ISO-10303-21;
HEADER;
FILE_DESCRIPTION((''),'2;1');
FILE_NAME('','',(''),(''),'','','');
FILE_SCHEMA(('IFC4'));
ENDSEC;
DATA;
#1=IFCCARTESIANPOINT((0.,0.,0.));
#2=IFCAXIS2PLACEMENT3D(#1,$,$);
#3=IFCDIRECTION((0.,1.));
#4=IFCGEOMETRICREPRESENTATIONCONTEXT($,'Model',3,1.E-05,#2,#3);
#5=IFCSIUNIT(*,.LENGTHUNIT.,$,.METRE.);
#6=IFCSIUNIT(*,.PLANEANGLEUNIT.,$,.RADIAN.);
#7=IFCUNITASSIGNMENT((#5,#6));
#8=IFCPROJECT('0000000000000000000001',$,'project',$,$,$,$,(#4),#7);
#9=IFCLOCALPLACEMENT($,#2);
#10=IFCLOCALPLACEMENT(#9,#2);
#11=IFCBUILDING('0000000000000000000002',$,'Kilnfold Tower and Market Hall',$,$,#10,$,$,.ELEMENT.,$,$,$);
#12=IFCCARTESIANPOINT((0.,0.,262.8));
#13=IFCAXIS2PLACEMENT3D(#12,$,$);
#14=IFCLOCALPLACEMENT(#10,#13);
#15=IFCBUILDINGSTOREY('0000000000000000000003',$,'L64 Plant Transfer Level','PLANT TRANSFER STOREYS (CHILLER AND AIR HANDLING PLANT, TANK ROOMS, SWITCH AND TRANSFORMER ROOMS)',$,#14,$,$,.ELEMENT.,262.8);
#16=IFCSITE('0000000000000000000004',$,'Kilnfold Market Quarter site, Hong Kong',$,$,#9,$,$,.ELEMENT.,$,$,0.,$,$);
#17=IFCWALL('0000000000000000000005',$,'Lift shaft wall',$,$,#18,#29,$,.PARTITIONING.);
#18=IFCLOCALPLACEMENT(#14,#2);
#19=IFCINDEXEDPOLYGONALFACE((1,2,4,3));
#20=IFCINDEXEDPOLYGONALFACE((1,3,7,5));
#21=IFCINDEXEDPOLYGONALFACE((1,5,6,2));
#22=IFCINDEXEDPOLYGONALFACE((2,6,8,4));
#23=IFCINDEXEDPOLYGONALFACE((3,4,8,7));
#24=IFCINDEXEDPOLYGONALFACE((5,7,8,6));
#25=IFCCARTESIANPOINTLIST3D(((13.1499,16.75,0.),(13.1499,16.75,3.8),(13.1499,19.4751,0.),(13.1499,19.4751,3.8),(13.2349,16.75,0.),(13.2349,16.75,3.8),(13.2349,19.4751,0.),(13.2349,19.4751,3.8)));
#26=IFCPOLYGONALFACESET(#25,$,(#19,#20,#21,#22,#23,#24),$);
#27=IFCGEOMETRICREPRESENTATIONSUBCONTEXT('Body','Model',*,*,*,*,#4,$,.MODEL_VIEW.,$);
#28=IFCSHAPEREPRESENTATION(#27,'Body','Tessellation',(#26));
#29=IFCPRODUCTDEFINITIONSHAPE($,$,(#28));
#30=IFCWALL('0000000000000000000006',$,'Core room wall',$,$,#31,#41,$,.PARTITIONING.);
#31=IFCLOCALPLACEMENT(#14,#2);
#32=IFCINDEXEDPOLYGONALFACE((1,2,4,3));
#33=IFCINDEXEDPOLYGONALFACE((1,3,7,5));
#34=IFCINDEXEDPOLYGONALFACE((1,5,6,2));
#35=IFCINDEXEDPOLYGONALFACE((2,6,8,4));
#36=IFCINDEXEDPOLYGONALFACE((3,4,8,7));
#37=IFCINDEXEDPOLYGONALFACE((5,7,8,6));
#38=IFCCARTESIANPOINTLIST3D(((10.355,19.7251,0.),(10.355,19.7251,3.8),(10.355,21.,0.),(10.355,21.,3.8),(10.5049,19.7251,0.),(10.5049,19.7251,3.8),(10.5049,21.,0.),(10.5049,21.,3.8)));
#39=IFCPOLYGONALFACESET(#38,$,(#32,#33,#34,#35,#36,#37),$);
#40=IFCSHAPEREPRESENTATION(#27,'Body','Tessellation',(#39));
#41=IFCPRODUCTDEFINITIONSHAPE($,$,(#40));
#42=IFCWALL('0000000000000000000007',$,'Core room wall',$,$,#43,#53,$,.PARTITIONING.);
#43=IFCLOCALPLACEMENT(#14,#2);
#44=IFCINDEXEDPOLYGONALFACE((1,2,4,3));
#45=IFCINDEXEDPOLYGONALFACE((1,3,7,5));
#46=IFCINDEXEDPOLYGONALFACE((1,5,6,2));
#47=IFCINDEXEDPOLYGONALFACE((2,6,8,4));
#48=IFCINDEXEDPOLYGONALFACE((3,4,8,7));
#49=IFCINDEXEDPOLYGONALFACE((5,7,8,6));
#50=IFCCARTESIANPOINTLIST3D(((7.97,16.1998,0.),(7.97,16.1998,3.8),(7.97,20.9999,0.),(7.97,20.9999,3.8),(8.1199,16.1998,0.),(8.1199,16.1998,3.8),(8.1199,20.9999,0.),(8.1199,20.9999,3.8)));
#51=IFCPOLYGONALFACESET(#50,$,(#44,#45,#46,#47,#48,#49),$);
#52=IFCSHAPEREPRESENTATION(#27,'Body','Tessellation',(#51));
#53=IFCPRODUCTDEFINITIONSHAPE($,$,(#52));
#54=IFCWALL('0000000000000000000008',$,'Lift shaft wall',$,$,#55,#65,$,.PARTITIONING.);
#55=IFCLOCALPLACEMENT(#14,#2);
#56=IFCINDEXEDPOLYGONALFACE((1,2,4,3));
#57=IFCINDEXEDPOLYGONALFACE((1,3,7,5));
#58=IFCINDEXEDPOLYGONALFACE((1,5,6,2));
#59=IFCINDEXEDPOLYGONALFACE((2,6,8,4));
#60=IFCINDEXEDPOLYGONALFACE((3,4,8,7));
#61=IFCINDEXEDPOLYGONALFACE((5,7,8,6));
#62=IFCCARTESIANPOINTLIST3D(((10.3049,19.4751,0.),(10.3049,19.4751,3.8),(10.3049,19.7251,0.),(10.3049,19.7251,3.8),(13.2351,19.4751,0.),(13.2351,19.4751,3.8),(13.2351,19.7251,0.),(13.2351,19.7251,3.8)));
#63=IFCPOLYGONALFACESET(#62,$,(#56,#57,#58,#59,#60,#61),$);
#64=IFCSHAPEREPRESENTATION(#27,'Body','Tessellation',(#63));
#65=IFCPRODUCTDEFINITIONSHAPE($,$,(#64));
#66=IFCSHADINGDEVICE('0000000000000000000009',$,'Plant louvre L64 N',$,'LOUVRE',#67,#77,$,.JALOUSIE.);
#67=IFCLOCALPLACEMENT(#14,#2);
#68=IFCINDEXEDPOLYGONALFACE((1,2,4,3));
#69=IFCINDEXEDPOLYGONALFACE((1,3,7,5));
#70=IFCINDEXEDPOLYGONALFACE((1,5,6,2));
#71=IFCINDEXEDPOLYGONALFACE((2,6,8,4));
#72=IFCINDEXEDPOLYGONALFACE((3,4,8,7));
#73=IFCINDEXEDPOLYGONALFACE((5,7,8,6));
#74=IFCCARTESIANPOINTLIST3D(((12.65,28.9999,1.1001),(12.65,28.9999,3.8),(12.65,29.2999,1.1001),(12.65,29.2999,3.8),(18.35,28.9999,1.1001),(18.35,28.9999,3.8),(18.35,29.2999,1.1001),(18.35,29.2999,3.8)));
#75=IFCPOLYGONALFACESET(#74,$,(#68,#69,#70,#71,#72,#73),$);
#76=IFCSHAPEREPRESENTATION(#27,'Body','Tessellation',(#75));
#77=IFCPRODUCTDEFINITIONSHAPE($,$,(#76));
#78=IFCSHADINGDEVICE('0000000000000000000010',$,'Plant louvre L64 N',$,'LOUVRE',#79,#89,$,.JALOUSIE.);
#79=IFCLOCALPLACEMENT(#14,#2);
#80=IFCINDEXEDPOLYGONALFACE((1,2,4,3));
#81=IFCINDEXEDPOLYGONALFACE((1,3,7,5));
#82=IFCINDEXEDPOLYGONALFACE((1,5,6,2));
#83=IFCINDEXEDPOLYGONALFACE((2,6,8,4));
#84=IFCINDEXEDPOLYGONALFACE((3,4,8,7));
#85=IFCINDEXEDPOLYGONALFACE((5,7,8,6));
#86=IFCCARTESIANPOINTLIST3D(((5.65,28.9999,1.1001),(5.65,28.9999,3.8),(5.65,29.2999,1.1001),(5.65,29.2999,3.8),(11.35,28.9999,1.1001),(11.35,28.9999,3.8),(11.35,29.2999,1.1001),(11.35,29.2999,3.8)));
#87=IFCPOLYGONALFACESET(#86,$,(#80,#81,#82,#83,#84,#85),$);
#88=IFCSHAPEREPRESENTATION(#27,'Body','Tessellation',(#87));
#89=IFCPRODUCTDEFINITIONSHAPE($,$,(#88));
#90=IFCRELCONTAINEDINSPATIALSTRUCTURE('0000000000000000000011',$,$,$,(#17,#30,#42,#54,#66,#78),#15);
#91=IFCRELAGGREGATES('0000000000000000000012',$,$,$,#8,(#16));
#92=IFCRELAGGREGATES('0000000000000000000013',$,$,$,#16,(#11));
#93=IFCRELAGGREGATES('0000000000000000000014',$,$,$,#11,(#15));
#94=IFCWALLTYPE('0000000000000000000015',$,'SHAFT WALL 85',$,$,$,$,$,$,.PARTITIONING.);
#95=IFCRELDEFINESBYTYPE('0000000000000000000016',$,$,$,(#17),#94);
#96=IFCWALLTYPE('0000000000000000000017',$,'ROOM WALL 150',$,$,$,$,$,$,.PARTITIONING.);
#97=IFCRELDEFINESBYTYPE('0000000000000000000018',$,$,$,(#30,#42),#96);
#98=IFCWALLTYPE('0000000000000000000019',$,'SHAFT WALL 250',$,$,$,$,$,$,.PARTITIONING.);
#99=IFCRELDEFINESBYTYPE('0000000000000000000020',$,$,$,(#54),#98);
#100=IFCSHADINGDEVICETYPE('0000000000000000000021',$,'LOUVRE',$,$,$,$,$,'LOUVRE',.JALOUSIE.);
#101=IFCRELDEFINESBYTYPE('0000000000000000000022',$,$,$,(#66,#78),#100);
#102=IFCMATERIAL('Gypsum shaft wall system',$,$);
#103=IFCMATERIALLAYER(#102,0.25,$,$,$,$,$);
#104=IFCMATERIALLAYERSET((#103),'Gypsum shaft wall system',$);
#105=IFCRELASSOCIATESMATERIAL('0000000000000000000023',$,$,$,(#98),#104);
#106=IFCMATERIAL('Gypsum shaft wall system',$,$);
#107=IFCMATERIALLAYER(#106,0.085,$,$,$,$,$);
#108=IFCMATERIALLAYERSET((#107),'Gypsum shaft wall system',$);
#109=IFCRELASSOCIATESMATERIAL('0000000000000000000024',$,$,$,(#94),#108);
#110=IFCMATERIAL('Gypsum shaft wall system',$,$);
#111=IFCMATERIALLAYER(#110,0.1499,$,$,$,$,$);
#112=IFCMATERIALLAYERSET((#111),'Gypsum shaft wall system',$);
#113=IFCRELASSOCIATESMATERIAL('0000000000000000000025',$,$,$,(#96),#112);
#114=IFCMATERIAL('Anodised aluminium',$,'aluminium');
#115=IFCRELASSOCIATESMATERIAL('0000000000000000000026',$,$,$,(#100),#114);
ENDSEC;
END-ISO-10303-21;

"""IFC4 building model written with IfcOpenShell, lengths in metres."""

from ifc_helpers import new_model, si_unit, direction, frame, frame_2d, origin, origin_2d, place, context, subcontext, project, spatial, rectangle, extrude, source, transform, mapped, material, layer, layer_set, type_object, element, save


model = new_model("IFC4")

# Units and contexts
model_context = context("Model", 3, precision=1e-05, world=origin(), true_north=direction((0.0, 1.0)))
body_context = subcontext(model_context, "Body", "Model", "MODEL_VIEW")
ifc_project = project(units=[si_unit("LENGTHUNIT", "METRE"), si_unit("PLANEANGLEUNIT", "RADIAN")], contexts=[model_context])

# Site, building, storey
site_placement = place(None, origin())
site = spatial("IfcSite", under=ifc_project, at=site_placement, Name="Kilnfold Market Quarter site, Hong Kong", CompositionType="ELEMENT", RefElevation=0.0)
building_placement = place(site_placement, origin())
building = spatial("IfcBuilding", under=site, at=building_placement, Name="Kilnfold Tower and Market Hall", CompositionType="ELEMENT")
storey_placement = place(building_placement, frame((0.0, 0.0, 262.8)))
storey = spatial("IfcBuildingStorey", under=building, at=storey_placement, Name="L64 Plant Transfer Level", Description="PLANT TRANSFER STOREYS (CHILLER AND AIR HANDLING PLANT, TANK ROOMS, SWITCH AND TRANSFORMER ROOMS)", CompositionType="ELEMENT", Elevation=262.8)

# Walls
ifc_material_1 = material(Name="Gypsum shaft wall system")
ifc_layer_1 = layer(ifc_material_1, 0.25)
ifc_layer_set_1 = layer_set([ifc_layer_1], Name="Gypsum shaft wall system")
wall_type_1 = type_object("IfcWallType", Name="SHAFT WALL 250", PredefinedType="PARTITIONING", material=ifc_layer_set_1)
ifc_material_2 = material(Name="Gypsum shaft wall system")
ifc_layer_2 = layer(ifc_material_2, 0.085)
ifc_layer_set_2 = layer_set([ifc_layer_2], Name="Gypsum shaft wall system")
wall_type_2 = type_object("IfcWallType", Name="SHAFT WALL 85", PredefinedType="PARTITIONING", material=ifc_layer_set_2)
shared_shape_1 = source(origin(), body_context, "Body", "SweptSolid", [
    extrude(rectangle(XDim=2.7251, YDim=0.085, at=frame_2d((1.3625, 0.0))), origin(), (0.0, 0.0, 1.0), 3.8),
])
wall_1_placement = place(storey_placement, frame((13.1924, 16.75, 0.0), z_axis=(0.0, 0.0, 1.0), x_axis=(0.0, 1.0, 0.0)))
element("IfcWall", 1, at=wall_1_placement, inside=storey, type_object=wall_type_2, Name="Lift shaft wall", PredefinedType="PARTITIONING", context=body_context, shape_type="MappedRepresentation", body=[
    mapped(shared_shape_1, transform((0.0, 0.0, 0.0))),
])
ifc_material_3 = material(Name="Gypsum shaft wall system")
ifc_layer_3 = layer(ifc_material_3, 0.1499)
ifc_layer_set_3 = layer_set([ifc_layer_3], Name="Gypsum shaft wall system")
wall_type_3 = type_object("IfcWallType", Name="ROOM WALL 150", PredefinedType="PARTITIONING", material=ifc_layer_set_3)
shared_shape_2 = source(origin(), body_context, "Body", "SweptSolid", [
    extrude(rectangle(XDim=1.2749, YDim=0.1499, at=frame_2d((0.6375, 0.0))), origin(), (0.0, 0.0, 1.0), 3.8),
])
wall_2_placement = place(storey_placement, frame((10.4299, 19.7251, 0.0), z_axis=(0.0, 0.0, 1.0), x_axis=(0.0, 1.0, 0.0)))
element("IfcWall", 2, at=wall_2_placement, inside=storey, type_object=wall_type_3, Name="Core room wall", PredefinedType="PARTITIONING", context=body_context, shape_type="MappedRepresentation", body=[
    mapped(shared_shape_2, transform((0.0, 0.0, 0.0))),
])
shared_shape_3 = source(origin(), body_context, "Body", "SweptSolid", [
    extrude(rectangle(XDim=4.8, YDim=0.1499, at=frame_2d((2.3999, 0.0))), origin(), (0.0, 0.0, 1.0), 3.8),
])
wall_3_placement = place(storey_placement, frame((8.0449, 16.2, 0.0), z_axis=(0.0, 0.0, 1.0), x_axis=(0.0, 1.0, 0.0)))
element("IfcWall", 3, at=wall_3_placement, inside=storey, type_object=wall_type_3, Name="Core room wall", PredefinedType="PARTITIONING", context=body_context, shape_type="MappedRepresentation", body=[
    mapped(shared_shape_3, transform((0.0, 0.0, 0.0))),
])
shared_shape_4 = source(origin(), body_context, "Body", "SweptSolid", [
    extrude(rectangle(XDim=2.9302, YDim=0.25, at=frame_2d((1.4651, 0.0))), origin(), (0.0, 0.0, 1.0), 3.8),
])
wall_4_placement = place(storey_placement, frame((10.3049, 19.6001, 0.0), z_axis=(0.0, 0.0, 1.0), x_axis=(1.0, 0.0, 0.0)))
element("IfcWall", 4, at=wall_4_placement, inside=storey, type_object=wall_type_1, Name="Lift shaft wall", PredefinedType="PARTITIONING", context=body_context, shape_type="MappedRepresentation", body=[
    mapped(shared_shape_4, transform((0.0, 0.0, 0.0))),
])

# Shading devices
ifc_material_4 = material(Name="Anodised aluminium", Category="aluminium")
shading_device_type = type_object("IfcShadingDeviceType", Name="LOUVRE", ElementType="LOUVRE", PredefinedType="JALOUSIE", material=ifc_material_4)
shared_shape_5 = source(origin(), body_context, "Body", "SweptSolid", [
    extrude(rectangle(XDim=5.7, YDim=0.3, at=origin_2d()), origin(), (0.0, 0.0, 1.0), 2.7),
])
for number, where, z_axis, x_axis, name in (
    (5, (15.5, 29.1499, 1.1001), (0.0, 0.0, 1.0), (-1.0, 0.0, 0.0), "Plant louvre L64 N"),
    (6, (8.5, 29.1499, 1.1001), (0.0, 0.0, 1.0), (-1.0, 0.0, 0.0), "Plant louvre L64 N"),
):
    element("IfcShadingDevice", number, at=place(storey_placement, frame(where, z_axis=z_axis, x_axis=x_axis)), inside=storey, type_object=shading_device_type, Name=name, ObjectType="LOUVRE", PredefinedType="JALOUSIE", context=body_context, shape_type="MappedRepresentation", body=[
        mapped(shared_shape_5, transform((0.0, 0.0, 0.0))),
    ])

save(model, "model.ifc")
